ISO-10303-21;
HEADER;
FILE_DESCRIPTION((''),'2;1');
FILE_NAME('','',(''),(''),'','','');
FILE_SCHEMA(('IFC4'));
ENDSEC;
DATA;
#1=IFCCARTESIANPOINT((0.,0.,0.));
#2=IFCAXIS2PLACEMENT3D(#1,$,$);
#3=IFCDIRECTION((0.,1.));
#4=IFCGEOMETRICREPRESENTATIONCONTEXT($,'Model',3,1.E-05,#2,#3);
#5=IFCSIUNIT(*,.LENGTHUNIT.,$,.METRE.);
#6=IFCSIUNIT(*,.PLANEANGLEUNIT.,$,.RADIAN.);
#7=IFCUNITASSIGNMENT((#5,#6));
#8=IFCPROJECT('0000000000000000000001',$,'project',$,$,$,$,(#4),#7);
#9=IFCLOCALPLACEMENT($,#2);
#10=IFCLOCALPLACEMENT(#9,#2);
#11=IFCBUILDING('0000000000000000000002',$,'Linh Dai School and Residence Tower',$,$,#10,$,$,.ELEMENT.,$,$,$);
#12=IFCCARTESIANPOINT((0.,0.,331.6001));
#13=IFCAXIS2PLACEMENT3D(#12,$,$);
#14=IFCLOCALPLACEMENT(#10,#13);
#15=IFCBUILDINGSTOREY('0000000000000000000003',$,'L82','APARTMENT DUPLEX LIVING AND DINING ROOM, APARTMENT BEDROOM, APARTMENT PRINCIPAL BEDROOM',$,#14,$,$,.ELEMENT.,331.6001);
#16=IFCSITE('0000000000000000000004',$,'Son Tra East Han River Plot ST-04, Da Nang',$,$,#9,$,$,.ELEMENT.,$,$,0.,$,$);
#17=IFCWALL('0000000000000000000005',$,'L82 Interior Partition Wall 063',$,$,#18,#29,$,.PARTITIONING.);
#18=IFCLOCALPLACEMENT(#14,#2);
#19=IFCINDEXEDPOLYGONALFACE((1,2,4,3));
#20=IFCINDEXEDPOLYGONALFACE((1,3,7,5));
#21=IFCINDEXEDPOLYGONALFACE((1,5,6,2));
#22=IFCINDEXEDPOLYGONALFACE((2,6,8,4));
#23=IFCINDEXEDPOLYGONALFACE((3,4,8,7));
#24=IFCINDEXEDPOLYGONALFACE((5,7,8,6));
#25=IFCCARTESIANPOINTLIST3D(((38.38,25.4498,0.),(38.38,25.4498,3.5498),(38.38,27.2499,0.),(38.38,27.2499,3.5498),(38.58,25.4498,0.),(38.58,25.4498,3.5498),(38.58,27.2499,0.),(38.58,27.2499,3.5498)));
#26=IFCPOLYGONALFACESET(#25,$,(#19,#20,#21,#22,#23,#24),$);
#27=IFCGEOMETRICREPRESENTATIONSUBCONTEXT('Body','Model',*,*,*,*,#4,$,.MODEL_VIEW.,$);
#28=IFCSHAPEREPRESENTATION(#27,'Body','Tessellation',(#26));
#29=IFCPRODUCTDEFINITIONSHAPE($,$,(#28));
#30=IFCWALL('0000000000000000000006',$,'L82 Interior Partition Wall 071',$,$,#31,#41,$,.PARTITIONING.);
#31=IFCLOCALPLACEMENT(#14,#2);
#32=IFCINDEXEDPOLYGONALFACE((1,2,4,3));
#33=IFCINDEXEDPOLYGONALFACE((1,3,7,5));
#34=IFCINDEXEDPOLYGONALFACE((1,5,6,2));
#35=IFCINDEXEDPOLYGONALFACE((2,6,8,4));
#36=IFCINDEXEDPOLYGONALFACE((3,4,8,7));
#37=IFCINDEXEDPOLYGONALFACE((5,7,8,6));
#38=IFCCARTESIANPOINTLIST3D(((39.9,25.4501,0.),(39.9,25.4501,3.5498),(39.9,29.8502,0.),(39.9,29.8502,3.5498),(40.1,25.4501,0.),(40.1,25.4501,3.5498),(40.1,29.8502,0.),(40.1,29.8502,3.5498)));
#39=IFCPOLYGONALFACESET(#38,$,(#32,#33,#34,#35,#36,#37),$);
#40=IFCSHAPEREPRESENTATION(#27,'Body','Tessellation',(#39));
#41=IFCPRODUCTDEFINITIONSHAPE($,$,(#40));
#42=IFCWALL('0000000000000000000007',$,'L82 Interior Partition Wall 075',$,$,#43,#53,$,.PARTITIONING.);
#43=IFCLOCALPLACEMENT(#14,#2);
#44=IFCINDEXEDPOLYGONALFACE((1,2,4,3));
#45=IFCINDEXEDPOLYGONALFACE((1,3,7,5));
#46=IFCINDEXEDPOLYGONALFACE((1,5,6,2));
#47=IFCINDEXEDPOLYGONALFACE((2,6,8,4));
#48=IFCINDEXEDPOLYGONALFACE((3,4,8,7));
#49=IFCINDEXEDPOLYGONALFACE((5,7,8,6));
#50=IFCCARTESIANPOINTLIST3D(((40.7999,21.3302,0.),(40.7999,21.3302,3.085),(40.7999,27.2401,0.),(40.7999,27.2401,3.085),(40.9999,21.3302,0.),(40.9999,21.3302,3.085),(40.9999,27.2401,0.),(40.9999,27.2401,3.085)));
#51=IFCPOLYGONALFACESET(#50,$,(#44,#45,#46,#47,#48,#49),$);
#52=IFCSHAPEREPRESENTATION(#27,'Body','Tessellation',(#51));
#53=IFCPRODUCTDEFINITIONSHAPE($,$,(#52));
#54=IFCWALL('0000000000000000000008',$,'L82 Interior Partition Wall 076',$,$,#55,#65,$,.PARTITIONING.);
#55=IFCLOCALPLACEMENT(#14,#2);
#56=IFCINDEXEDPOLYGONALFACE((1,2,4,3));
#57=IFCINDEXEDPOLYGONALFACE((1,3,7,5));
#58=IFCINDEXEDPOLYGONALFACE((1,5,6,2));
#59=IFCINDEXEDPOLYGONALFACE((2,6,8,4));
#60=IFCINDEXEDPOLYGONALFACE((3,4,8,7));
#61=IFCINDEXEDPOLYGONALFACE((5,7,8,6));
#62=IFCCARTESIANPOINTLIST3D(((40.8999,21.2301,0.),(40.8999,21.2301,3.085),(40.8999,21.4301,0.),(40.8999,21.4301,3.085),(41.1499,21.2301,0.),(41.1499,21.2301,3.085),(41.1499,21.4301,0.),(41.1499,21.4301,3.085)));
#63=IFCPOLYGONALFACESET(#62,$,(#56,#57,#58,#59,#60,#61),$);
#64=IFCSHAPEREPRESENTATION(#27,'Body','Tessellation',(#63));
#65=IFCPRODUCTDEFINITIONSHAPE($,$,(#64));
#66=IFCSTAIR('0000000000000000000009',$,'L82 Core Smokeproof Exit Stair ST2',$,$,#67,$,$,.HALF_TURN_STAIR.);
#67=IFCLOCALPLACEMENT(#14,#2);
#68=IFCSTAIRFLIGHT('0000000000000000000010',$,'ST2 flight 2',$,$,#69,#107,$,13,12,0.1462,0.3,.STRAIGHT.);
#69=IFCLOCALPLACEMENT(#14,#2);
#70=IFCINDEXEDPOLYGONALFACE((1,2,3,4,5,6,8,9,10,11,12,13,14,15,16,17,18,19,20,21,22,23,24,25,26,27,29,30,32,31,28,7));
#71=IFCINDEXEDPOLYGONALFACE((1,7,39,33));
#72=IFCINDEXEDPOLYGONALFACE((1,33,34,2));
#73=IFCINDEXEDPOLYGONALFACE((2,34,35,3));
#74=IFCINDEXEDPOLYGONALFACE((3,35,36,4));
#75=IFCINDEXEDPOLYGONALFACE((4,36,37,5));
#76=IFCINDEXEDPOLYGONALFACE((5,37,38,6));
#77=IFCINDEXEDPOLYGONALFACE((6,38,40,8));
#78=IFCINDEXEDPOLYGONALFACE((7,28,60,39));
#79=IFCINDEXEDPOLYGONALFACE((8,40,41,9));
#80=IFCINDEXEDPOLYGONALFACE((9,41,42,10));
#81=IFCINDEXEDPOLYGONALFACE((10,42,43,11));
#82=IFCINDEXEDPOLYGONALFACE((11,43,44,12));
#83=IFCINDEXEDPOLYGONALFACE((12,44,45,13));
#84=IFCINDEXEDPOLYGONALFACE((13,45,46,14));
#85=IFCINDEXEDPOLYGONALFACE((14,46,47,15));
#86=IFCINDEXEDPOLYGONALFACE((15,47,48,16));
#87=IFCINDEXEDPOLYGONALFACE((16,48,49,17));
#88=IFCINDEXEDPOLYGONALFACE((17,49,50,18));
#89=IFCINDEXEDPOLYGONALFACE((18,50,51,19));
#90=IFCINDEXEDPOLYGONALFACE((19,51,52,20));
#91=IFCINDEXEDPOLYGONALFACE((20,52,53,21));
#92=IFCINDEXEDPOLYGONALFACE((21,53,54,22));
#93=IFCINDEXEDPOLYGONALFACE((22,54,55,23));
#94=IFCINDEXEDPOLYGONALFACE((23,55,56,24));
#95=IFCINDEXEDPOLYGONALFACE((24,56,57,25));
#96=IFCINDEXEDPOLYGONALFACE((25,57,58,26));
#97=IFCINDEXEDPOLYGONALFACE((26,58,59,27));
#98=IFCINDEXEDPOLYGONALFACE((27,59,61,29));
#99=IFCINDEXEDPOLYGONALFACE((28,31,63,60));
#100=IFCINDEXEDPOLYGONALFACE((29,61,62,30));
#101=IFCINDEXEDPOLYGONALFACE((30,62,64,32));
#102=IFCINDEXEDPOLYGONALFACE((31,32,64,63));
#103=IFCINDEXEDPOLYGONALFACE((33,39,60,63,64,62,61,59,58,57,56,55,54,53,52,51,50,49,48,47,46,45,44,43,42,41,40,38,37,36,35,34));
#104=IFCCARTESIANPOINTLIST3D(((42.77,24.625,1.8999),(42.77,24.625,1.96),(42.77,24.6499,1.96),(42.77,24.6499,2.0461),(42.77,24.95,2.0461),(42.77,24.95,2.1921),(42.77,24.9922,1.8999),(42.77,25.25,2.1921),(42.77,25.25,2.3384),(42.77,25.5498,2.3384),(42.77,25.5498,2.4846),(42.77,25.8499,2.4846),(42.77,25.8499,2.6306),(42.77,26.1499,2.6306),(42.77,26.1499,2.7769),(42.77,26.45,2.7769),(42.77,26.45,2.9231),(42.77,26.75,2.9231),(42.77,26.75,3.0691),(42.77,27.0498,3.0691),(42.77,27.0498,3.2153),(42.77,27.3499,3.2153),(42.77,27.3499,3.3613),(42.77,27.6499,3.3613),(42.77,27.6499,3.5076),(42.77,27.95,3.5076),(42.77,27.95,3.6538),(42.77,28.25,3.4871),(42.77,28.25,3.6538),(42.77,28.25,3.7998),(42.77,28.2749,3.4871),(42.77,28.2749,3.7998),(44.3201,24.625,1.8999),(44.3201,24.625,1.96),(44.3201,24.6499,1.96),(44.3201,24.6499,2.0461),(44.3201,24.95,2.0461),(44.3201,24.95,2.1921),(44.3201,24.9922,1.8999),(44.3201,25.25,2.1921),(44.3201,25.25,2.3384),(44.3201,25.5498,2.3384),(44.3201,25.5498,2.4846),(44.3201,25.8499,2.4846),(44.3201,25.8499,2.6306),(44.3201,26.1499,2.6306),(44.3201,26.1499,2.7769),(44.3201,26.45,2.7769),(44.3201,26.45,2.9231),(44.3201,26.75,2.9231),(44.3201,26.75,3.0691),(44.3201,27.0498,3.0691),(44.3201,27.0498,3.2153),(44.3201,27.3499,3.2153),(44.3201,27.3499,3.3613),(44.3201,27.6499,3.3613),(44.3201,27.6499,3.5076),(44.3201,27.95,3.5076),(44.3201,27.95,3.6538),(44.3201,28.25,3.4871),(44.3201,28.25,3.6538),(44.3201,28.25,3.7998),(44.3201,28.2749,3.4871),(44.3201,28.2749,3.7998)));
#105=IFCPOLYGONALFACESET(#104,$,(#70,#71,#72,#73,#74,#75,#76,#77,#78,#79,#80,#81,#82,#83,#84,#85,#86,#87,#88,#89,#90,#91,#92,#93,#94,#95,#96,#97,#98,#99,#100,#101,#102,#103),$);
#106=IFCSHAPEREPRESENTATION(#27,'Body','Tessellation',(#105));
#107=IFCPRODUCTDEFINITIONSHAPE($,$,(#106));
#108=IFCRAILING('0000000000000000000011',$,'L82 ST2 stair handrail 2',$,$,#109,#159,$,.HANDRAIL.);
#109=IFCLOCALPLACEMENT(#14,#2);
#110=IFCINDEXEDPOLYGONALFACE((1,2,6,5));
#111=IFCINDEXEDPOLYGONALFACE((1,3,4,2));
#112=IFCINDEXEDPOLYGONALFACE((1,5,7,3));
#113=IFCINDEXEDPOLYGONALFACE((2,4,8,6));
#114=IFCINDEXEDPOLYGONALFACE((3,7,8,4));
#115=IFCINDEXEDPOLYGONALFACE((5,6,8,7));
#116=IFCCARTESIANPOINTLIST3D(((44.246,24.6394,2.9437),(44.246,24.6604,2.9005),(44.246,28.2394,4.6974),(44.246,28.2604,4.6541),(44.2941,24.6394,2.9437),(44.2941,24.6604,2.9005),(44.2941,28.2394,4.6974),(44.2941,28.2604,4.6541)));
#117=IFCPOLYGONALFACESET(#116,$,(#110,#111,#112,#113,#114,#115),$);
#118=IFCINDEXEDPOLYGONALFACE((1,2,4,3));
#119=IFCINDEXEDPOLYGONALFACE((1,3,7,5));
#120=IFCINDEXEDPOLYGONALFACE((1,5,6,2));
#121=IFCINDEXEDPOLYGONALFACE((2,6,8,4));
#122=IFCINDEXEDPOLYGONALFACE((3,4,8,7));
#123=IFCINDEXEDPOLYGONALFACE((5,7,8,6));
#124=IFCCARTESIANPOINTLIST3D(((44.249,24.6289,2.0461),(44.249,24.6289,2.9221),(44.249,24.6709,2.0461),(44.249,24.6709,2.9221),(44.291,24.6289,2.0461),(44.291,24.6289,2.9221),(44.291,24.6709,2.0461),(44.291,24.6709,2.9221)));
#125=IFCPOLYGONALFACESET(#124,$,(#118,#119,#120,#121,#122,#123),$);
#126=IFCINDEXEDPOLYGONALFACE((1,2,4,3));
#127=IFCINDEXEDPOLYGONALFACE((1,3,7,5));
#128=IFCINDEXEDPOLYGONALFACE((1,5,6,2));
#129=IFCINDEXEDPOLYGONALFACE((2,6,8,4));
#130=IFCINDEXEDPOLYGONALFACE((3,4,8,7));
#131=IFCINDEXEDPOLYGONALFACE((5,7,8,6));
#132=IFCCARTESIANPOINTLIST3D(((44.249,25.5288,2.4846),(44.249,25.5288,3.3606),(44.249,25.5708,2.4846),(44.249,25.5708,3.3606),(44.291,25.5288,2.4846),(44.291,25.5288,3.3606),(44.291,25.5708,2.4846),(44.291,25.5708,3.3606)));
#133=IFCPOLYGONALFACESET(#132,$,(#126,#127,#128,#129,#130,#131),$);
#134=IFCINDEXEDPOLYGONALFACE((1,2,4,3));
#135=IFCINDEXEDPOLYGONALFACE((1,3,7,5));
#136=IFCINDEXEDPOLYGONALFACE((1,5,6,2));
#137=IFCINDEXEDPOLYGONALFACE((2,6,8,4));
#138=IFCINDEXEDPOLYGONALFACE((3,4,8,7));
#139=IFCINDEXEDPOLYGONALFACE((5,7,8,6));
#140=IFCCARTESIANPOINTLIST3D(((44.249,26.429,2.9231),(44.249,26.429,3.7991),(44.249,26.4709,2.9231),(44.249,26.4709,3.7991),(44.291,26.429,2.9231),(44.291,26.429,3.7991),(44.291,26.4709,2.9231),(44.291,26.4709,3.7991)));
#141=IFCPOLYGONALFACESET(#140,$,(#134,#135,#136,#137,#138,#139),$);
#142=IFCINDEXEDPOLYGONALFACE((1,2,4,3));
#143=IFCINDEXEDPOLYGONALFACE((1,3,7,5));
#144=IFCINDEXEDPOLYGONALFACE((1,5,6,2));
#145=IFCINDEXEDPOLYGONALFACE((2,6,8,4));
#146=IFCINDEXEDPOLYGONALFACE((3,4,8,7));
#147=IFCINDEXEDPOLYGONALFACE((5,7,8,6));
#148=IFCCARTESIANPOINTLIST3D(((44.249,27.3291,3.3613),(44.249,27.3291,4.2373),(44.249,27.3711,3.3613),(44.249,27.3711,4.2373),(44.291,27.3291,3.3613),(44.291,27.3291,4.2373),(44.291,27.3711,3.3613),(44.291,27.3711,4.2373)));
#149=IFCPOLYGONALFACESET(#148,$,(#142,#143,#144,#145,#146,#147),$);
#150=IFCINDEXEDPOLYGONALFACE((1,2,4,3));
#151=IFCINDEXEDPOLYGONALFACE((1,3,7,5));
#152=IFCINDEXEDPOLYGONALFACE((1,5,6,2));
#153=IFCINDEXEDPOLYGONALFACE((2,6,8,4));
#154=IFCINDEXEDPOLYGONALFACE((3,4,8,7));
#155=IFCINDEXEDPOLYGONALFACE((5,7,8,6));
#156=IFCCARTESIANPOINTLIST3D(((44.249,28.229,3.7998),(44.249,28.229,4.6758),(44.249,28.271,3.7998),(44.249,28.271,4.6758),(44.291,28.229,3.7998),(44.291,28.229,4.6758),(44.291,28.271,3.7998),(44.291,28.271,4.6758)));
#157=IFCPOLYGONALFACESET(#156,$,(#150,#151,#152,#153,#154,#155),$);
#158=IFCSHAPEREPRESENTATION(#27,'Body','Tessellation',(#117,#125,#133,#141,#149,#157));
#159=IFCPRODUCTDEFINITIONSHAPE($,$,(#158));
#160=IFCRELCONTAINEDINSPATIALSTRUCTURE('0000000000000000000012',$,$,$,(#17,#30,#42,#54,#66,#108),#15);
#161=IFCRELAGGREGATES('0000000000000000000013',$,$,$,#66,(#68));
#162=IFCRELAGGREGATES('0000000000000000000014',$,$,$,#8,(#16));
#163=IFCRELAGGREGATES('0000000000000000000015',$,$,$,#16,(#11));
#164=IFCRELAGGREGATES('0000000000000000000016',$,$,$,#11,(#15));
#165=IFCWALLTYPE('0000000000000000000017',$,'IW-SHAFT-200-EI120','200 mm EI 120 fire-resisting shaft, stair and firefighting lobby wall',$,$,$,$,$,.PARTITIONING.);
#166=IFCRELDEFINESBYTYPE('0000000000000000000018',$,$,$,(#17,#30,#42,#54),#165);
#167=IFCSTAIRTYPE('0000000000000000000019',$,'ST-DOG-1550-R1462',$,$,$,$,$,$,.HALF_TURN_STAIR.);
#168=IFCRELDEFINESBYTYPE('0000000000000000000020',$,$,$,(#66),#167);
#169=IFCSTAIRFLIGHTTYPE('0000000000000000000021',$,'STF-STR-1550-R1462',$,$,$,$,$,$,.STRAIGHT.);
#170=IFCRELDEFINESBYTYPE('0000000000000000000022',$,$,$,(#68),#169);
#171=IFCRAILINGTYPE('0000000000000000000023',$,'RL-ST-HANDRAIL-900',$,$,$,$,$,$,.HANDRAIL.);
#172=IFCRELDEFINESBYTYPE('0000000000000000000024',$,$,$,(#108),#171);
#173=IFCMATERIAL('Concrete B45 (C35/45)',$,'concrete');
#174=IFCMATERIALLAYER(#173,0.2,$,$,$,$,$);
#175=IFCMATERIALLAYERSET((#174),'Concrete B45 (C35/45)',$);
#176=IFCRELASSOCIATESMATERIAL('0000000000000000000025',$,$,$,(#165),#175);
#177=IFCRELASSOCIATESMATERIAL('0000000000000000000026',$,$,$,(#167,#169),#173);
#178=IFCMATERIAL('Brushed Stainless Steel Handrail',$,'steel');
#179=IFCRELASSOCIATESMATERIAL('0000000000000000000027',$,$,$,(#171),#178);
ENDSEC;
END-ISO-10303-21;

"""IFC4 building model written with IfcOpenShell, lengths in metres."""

from ifc_helpers import new_model, si_unit, direction, frame, frame_2d, origin, origin_2d, place, context, subcontext, project, spatial, polyline, rectangle, outline, extrude, source, transform, mapped, material, layer, layer_set, type_object, element, aggregate, save


model = new_model("IFC4")

# Units and contexts
model_context = context("Model", 3, precision=1e-05, world=origin(), true_north=direction((0.0, 1.0)))
body_context = subcontext(model_context, "Body", "Model", "MODEL_VIEW")
ifc_project = project(units=[si_unit("LENGTHUNIT", "METRE"), si_unit("PLANEANGLEUNIT", "RADIAN")], contexts=[model_context])

# Site, building, storey
site_placement = place(None, origin())
site = spatial("IfcSite", under=ifc_project, at=site_placement, Name="Son Tra East Han River Plot ST-04, Da Nang", CompositionType="ELEMENT", RefElevation=0.0)
building_placement = place(site_placement, origin())
building = spatial("IfcBuilding", under=site, at=building_placement, Name="Linh Dai School and Residence Tower", CompositionType="ELEMENT")
storey_placement = place(building_placement, frame((0.0, 0.0, 331.6001)))
storey = spatial("IfcBuildingStorey", under=building, at=storey_placement, Name="L82", Description="APARTMENT DUPLEX LIVING AND DINING ROOM, APARTMENT BEDROOM, APARTMENT PRINCIPAL BEDROOM", CompositionType="ELEMENT", Elevation=331.6001)

# Walls
ifc_material_1 = material(Name="Concrete B45 (C35/45)", Category="concrete")
ifc_layer_1 = layer(ifc_material_1, 0.2)
ifc_layer_set_1 = layer_set([ifc_layer_1], Name="Concrete B45 (C35/45)")
wall_type_1 = type_object("IfcWallType", Name="IW-SHAFT-200-EI120", Description="200 mm EI 120 fire-resisting shaft, stair and firefighting lobby wall", PredefinedType="PARTITIONING", material=ifc_layer_set_1)
for number, where, z_axis, x_axis, name in (
    (1, (38.48, 25.45, 0.0), (0.0, 0.0, 1.0), (0.0, 1.0, 0.0), "L82 Interior Partition Wall 063"),
):
    element("IfcWall", number, at=place(storey_placement, frame(where, z_axis=z_axis, x_axis=x_axis)), inside=storey, type_object=wall_type_1, Name=name, PredefinedType="PARTITIONING", context=body_context, shape_type="SweptSolid", body=[
        extrude(rectangle(XDim=1.8, YDim=0.2, at=frame_2d((0.8999, 0.0))), origin(), (0.0, 0.0, 1.0), 3.5498),
    ])
wall_1_placement = place(storey_placement, frame((40.0, 25.45, 0.0), z_axis=(0.0, 0.0, 1.0), x_axis=(0.0, 1.0, 0.0)))
element("IfcWall", 2, at=wall_1_placement, inside=storey, type_object=wall_type_1, Name="L82 Interior Partition Wall 071", PredefinedType="PARTITIONING", context=body_context, shape_type="SweptSolid", body=[
    extrude(rectangle(XDim=4.4001, YDim=0.2, at=frame_2d((2.2002, 0.0))), origin(), (0.0, 0.0, 1.0), 3.5498),
])
wall_2_placement = place(storey_placement, frame((40.8999, 21.3301, 0.0), z_axis=(0.0, 0.0, 1.0), x_axis=(0.0, 1.0, 0.0)))
element("IfcWall", 3, at=wall_2_placement, inside=storey, type_object=wall_type_1, Name="L82 Interior Partition Wall 075", PredefinedType="PARTITIONING", context=body_context, shape_type="SweptSolid", body=[
    extrude(rectangle(XDim=5.9099, YDim=0.2, at=frame_2d((2.9551, 0.0))), origin(), (0.0, 0.0, 1.0), 3.085),
])
wall_3_placement = place(storey_placement, frame((40.8999, 21.3301, 0.0), z_axis=(0.0, 0.0, 1.0), x_axis=(1.0, 0.0, 0.0)))
element("IfcWall", 4, at=wall_3_placement, inside=storey, type_object=wall_type_1, Name="L82 Interior Partition Wall 076", PredefinedType="PARTITIONING", context=body_context, shape_type="SweptSolid", body=[
    extrude(rectangle(XDim=0.25, YDim=0.2, at=frame_2d((0.125, 0.0))), origin(), (0.0, 0.0, 1.0), 3.085),
])

# Stair, stair flight
stair_type = type_object("IfcStairType", Name="ST-DOG-1550-R1462", PredefinedType="HALF_TURN_STAIR", material=ifc_material_1)
stair_placement = place(storey_placement, origin())
stair = element("IfcStair", 5, at=stair_placement, inside=storey, type_object=stair_type, Name="L82 Core Smokeproof Exit Stair ST2", PredefinedType="HALF_TURN_STAIR")
stair_flight_type = type_object("IfcStairFlightType", Name="STF-STR-1550-R1462", PredefinedType="STRAIGHT", material=ifc_material_1)
shared_shape_1 = source(origin(), body_context, "Body", "SweptSolid", [
    extrude(outline(polyline([(-0.0249, 0.0), (-0.0249, 0.0601), (0.0, 0.0601), (0.0, 0.1462), (0.3, 0.1462), (0.3, 0.2922), (0.6001, 0.2922), (0.6001, 0.4385), (0.8999, 0.4385), (0.8999, 0.5847), (1.2, 0.5847), (1.2, 0.7307), (1.5, 0.7307), (1.5, 0.877), (1.8, 0.877), (1.8, 1.0232), (2.1001, 1.0232), (2.1001, 1.1692), (2.3999, 1.1692), (2.3999, 1.3154), (2.7, 1.3154), (2.7, 1.4614), (3.0, 1.4614), (3.0, 1.6077), (3.3, 1.6077), (3.3, 1.7539), (3.6001, 1.7539), (3.6001, 1.8999), (3.625, 1.8999), (3.625, 1.5872), (3.6001, 1.5872), (0.3423, 0.0), (-0.0249, 0.0)])), frame((0.0, 0.7749, 0.0), z_axis=(0.0, -1.0, 0.0), x_axis=(1.0, 0.0, 0.0)), (0.0, 0.0, 1.0), 1.55),
])
stair_flight_placement = place(storey_placement, frame((43.5449, 24.6499, 1.8999), z_axis=(0.0, 0.0, 1.0), x_axis=(0.0, 1.0, 0.0)))
stair_flight = element("IfcStairFlight", 6, at=stair_flight_placement, type_object=stair_flight_type, Name="ST2 flight 2", NumberOfRisers=13, NumberOfTreads=12, PredefinedType="STRAIGHT", RiserHeight=0.1462, TreadLength=0.3, context=body_context, shape_type="MappedRepresentation", body=[
    mapped(shared_shape_1, transform((0.0, 0.0, 0.0), x_axis=(1.0, 0.0, 0.0), y_axis=(0.0, 1.0, 0.0), z_axis=(0.0, 0.0, 1.0), scale=1.0)),
])
aggregate(stair, [stair_flight])

# Railing
ifc_material_2 = material(Name="Brushed Stainless Steel Handrail", Category="steel")
railing_type_1 = type_object("IfcRailingType", Name="RL-ST-HANDRAIL-900", PredefinedType="HANDRAIL", material=ifc_material_2)
shared_shape_2 = source(origin(), body_context, "Body", "SweptSolid", [
    extrude(rectangle(XDim=0.0481, YDim=0.0481, at=origin_2d()), frame((0.0, 0.0, 0.876), z_axis=(0.0, 0.899013, 0.437923), x_axis=(-1.0, 0.0, 0.0)), (0.0, 0.0, 1.0), 4.0044),
    extrude(rectangle(XDim=0.042, YDim=0.042, at=origin_2d()), origin(), (0.0, 0.0, 1.0), 0.876),
    extrude(rectangle(XDim=0.042, YDim=0.042, at=origin_2d()), frame((0.0, 0.8999, 0.4385)), (0.0, 0.0, 1.0), 0.876),
    extrude(rectangle(XDim=0.042, YDim=0.042, at=origin_2d()), frame((0.0, 1.8, 0.877)), (0.0, 0.0, 1.0), 0.876),
    extrude(rectangle(XDim=0.042, YDim=0.042, at=origin_2d()), frame((0.0, 2.7002, 1.3152)), (0.0, 0.0, 1.0), 0.876),
    extrude(rectangle(XDim=0.042, YDim=0.042, at=origin_2d()), frame((0.0, 3.6001, 1.7537)), (0.0, 0.0, 1.0), 0.876),
])
railing_1_placement = place(storey_placement, frame((44.27, 24.6499, 2.0461)))
element("IfcRailing", 7, at=railing_1_placement, inside=storey, type_object=railing_type_1, Name="L82 ST2 stair handrail 2", PredefinedType="HANDRAIL", context=body_context, shape_type="MappedRepresentation", body=[
    mapped(shared_shape_2, transform((0.0, 0.0, 0.0), x_axis=(1.0, 0.0, 0.0), y_axis=(0.0, 1.0, 0.0), z_axis=(0.0, 0.0, 1.0), scale=1.0)),
])

save(model, "model.ifc")
